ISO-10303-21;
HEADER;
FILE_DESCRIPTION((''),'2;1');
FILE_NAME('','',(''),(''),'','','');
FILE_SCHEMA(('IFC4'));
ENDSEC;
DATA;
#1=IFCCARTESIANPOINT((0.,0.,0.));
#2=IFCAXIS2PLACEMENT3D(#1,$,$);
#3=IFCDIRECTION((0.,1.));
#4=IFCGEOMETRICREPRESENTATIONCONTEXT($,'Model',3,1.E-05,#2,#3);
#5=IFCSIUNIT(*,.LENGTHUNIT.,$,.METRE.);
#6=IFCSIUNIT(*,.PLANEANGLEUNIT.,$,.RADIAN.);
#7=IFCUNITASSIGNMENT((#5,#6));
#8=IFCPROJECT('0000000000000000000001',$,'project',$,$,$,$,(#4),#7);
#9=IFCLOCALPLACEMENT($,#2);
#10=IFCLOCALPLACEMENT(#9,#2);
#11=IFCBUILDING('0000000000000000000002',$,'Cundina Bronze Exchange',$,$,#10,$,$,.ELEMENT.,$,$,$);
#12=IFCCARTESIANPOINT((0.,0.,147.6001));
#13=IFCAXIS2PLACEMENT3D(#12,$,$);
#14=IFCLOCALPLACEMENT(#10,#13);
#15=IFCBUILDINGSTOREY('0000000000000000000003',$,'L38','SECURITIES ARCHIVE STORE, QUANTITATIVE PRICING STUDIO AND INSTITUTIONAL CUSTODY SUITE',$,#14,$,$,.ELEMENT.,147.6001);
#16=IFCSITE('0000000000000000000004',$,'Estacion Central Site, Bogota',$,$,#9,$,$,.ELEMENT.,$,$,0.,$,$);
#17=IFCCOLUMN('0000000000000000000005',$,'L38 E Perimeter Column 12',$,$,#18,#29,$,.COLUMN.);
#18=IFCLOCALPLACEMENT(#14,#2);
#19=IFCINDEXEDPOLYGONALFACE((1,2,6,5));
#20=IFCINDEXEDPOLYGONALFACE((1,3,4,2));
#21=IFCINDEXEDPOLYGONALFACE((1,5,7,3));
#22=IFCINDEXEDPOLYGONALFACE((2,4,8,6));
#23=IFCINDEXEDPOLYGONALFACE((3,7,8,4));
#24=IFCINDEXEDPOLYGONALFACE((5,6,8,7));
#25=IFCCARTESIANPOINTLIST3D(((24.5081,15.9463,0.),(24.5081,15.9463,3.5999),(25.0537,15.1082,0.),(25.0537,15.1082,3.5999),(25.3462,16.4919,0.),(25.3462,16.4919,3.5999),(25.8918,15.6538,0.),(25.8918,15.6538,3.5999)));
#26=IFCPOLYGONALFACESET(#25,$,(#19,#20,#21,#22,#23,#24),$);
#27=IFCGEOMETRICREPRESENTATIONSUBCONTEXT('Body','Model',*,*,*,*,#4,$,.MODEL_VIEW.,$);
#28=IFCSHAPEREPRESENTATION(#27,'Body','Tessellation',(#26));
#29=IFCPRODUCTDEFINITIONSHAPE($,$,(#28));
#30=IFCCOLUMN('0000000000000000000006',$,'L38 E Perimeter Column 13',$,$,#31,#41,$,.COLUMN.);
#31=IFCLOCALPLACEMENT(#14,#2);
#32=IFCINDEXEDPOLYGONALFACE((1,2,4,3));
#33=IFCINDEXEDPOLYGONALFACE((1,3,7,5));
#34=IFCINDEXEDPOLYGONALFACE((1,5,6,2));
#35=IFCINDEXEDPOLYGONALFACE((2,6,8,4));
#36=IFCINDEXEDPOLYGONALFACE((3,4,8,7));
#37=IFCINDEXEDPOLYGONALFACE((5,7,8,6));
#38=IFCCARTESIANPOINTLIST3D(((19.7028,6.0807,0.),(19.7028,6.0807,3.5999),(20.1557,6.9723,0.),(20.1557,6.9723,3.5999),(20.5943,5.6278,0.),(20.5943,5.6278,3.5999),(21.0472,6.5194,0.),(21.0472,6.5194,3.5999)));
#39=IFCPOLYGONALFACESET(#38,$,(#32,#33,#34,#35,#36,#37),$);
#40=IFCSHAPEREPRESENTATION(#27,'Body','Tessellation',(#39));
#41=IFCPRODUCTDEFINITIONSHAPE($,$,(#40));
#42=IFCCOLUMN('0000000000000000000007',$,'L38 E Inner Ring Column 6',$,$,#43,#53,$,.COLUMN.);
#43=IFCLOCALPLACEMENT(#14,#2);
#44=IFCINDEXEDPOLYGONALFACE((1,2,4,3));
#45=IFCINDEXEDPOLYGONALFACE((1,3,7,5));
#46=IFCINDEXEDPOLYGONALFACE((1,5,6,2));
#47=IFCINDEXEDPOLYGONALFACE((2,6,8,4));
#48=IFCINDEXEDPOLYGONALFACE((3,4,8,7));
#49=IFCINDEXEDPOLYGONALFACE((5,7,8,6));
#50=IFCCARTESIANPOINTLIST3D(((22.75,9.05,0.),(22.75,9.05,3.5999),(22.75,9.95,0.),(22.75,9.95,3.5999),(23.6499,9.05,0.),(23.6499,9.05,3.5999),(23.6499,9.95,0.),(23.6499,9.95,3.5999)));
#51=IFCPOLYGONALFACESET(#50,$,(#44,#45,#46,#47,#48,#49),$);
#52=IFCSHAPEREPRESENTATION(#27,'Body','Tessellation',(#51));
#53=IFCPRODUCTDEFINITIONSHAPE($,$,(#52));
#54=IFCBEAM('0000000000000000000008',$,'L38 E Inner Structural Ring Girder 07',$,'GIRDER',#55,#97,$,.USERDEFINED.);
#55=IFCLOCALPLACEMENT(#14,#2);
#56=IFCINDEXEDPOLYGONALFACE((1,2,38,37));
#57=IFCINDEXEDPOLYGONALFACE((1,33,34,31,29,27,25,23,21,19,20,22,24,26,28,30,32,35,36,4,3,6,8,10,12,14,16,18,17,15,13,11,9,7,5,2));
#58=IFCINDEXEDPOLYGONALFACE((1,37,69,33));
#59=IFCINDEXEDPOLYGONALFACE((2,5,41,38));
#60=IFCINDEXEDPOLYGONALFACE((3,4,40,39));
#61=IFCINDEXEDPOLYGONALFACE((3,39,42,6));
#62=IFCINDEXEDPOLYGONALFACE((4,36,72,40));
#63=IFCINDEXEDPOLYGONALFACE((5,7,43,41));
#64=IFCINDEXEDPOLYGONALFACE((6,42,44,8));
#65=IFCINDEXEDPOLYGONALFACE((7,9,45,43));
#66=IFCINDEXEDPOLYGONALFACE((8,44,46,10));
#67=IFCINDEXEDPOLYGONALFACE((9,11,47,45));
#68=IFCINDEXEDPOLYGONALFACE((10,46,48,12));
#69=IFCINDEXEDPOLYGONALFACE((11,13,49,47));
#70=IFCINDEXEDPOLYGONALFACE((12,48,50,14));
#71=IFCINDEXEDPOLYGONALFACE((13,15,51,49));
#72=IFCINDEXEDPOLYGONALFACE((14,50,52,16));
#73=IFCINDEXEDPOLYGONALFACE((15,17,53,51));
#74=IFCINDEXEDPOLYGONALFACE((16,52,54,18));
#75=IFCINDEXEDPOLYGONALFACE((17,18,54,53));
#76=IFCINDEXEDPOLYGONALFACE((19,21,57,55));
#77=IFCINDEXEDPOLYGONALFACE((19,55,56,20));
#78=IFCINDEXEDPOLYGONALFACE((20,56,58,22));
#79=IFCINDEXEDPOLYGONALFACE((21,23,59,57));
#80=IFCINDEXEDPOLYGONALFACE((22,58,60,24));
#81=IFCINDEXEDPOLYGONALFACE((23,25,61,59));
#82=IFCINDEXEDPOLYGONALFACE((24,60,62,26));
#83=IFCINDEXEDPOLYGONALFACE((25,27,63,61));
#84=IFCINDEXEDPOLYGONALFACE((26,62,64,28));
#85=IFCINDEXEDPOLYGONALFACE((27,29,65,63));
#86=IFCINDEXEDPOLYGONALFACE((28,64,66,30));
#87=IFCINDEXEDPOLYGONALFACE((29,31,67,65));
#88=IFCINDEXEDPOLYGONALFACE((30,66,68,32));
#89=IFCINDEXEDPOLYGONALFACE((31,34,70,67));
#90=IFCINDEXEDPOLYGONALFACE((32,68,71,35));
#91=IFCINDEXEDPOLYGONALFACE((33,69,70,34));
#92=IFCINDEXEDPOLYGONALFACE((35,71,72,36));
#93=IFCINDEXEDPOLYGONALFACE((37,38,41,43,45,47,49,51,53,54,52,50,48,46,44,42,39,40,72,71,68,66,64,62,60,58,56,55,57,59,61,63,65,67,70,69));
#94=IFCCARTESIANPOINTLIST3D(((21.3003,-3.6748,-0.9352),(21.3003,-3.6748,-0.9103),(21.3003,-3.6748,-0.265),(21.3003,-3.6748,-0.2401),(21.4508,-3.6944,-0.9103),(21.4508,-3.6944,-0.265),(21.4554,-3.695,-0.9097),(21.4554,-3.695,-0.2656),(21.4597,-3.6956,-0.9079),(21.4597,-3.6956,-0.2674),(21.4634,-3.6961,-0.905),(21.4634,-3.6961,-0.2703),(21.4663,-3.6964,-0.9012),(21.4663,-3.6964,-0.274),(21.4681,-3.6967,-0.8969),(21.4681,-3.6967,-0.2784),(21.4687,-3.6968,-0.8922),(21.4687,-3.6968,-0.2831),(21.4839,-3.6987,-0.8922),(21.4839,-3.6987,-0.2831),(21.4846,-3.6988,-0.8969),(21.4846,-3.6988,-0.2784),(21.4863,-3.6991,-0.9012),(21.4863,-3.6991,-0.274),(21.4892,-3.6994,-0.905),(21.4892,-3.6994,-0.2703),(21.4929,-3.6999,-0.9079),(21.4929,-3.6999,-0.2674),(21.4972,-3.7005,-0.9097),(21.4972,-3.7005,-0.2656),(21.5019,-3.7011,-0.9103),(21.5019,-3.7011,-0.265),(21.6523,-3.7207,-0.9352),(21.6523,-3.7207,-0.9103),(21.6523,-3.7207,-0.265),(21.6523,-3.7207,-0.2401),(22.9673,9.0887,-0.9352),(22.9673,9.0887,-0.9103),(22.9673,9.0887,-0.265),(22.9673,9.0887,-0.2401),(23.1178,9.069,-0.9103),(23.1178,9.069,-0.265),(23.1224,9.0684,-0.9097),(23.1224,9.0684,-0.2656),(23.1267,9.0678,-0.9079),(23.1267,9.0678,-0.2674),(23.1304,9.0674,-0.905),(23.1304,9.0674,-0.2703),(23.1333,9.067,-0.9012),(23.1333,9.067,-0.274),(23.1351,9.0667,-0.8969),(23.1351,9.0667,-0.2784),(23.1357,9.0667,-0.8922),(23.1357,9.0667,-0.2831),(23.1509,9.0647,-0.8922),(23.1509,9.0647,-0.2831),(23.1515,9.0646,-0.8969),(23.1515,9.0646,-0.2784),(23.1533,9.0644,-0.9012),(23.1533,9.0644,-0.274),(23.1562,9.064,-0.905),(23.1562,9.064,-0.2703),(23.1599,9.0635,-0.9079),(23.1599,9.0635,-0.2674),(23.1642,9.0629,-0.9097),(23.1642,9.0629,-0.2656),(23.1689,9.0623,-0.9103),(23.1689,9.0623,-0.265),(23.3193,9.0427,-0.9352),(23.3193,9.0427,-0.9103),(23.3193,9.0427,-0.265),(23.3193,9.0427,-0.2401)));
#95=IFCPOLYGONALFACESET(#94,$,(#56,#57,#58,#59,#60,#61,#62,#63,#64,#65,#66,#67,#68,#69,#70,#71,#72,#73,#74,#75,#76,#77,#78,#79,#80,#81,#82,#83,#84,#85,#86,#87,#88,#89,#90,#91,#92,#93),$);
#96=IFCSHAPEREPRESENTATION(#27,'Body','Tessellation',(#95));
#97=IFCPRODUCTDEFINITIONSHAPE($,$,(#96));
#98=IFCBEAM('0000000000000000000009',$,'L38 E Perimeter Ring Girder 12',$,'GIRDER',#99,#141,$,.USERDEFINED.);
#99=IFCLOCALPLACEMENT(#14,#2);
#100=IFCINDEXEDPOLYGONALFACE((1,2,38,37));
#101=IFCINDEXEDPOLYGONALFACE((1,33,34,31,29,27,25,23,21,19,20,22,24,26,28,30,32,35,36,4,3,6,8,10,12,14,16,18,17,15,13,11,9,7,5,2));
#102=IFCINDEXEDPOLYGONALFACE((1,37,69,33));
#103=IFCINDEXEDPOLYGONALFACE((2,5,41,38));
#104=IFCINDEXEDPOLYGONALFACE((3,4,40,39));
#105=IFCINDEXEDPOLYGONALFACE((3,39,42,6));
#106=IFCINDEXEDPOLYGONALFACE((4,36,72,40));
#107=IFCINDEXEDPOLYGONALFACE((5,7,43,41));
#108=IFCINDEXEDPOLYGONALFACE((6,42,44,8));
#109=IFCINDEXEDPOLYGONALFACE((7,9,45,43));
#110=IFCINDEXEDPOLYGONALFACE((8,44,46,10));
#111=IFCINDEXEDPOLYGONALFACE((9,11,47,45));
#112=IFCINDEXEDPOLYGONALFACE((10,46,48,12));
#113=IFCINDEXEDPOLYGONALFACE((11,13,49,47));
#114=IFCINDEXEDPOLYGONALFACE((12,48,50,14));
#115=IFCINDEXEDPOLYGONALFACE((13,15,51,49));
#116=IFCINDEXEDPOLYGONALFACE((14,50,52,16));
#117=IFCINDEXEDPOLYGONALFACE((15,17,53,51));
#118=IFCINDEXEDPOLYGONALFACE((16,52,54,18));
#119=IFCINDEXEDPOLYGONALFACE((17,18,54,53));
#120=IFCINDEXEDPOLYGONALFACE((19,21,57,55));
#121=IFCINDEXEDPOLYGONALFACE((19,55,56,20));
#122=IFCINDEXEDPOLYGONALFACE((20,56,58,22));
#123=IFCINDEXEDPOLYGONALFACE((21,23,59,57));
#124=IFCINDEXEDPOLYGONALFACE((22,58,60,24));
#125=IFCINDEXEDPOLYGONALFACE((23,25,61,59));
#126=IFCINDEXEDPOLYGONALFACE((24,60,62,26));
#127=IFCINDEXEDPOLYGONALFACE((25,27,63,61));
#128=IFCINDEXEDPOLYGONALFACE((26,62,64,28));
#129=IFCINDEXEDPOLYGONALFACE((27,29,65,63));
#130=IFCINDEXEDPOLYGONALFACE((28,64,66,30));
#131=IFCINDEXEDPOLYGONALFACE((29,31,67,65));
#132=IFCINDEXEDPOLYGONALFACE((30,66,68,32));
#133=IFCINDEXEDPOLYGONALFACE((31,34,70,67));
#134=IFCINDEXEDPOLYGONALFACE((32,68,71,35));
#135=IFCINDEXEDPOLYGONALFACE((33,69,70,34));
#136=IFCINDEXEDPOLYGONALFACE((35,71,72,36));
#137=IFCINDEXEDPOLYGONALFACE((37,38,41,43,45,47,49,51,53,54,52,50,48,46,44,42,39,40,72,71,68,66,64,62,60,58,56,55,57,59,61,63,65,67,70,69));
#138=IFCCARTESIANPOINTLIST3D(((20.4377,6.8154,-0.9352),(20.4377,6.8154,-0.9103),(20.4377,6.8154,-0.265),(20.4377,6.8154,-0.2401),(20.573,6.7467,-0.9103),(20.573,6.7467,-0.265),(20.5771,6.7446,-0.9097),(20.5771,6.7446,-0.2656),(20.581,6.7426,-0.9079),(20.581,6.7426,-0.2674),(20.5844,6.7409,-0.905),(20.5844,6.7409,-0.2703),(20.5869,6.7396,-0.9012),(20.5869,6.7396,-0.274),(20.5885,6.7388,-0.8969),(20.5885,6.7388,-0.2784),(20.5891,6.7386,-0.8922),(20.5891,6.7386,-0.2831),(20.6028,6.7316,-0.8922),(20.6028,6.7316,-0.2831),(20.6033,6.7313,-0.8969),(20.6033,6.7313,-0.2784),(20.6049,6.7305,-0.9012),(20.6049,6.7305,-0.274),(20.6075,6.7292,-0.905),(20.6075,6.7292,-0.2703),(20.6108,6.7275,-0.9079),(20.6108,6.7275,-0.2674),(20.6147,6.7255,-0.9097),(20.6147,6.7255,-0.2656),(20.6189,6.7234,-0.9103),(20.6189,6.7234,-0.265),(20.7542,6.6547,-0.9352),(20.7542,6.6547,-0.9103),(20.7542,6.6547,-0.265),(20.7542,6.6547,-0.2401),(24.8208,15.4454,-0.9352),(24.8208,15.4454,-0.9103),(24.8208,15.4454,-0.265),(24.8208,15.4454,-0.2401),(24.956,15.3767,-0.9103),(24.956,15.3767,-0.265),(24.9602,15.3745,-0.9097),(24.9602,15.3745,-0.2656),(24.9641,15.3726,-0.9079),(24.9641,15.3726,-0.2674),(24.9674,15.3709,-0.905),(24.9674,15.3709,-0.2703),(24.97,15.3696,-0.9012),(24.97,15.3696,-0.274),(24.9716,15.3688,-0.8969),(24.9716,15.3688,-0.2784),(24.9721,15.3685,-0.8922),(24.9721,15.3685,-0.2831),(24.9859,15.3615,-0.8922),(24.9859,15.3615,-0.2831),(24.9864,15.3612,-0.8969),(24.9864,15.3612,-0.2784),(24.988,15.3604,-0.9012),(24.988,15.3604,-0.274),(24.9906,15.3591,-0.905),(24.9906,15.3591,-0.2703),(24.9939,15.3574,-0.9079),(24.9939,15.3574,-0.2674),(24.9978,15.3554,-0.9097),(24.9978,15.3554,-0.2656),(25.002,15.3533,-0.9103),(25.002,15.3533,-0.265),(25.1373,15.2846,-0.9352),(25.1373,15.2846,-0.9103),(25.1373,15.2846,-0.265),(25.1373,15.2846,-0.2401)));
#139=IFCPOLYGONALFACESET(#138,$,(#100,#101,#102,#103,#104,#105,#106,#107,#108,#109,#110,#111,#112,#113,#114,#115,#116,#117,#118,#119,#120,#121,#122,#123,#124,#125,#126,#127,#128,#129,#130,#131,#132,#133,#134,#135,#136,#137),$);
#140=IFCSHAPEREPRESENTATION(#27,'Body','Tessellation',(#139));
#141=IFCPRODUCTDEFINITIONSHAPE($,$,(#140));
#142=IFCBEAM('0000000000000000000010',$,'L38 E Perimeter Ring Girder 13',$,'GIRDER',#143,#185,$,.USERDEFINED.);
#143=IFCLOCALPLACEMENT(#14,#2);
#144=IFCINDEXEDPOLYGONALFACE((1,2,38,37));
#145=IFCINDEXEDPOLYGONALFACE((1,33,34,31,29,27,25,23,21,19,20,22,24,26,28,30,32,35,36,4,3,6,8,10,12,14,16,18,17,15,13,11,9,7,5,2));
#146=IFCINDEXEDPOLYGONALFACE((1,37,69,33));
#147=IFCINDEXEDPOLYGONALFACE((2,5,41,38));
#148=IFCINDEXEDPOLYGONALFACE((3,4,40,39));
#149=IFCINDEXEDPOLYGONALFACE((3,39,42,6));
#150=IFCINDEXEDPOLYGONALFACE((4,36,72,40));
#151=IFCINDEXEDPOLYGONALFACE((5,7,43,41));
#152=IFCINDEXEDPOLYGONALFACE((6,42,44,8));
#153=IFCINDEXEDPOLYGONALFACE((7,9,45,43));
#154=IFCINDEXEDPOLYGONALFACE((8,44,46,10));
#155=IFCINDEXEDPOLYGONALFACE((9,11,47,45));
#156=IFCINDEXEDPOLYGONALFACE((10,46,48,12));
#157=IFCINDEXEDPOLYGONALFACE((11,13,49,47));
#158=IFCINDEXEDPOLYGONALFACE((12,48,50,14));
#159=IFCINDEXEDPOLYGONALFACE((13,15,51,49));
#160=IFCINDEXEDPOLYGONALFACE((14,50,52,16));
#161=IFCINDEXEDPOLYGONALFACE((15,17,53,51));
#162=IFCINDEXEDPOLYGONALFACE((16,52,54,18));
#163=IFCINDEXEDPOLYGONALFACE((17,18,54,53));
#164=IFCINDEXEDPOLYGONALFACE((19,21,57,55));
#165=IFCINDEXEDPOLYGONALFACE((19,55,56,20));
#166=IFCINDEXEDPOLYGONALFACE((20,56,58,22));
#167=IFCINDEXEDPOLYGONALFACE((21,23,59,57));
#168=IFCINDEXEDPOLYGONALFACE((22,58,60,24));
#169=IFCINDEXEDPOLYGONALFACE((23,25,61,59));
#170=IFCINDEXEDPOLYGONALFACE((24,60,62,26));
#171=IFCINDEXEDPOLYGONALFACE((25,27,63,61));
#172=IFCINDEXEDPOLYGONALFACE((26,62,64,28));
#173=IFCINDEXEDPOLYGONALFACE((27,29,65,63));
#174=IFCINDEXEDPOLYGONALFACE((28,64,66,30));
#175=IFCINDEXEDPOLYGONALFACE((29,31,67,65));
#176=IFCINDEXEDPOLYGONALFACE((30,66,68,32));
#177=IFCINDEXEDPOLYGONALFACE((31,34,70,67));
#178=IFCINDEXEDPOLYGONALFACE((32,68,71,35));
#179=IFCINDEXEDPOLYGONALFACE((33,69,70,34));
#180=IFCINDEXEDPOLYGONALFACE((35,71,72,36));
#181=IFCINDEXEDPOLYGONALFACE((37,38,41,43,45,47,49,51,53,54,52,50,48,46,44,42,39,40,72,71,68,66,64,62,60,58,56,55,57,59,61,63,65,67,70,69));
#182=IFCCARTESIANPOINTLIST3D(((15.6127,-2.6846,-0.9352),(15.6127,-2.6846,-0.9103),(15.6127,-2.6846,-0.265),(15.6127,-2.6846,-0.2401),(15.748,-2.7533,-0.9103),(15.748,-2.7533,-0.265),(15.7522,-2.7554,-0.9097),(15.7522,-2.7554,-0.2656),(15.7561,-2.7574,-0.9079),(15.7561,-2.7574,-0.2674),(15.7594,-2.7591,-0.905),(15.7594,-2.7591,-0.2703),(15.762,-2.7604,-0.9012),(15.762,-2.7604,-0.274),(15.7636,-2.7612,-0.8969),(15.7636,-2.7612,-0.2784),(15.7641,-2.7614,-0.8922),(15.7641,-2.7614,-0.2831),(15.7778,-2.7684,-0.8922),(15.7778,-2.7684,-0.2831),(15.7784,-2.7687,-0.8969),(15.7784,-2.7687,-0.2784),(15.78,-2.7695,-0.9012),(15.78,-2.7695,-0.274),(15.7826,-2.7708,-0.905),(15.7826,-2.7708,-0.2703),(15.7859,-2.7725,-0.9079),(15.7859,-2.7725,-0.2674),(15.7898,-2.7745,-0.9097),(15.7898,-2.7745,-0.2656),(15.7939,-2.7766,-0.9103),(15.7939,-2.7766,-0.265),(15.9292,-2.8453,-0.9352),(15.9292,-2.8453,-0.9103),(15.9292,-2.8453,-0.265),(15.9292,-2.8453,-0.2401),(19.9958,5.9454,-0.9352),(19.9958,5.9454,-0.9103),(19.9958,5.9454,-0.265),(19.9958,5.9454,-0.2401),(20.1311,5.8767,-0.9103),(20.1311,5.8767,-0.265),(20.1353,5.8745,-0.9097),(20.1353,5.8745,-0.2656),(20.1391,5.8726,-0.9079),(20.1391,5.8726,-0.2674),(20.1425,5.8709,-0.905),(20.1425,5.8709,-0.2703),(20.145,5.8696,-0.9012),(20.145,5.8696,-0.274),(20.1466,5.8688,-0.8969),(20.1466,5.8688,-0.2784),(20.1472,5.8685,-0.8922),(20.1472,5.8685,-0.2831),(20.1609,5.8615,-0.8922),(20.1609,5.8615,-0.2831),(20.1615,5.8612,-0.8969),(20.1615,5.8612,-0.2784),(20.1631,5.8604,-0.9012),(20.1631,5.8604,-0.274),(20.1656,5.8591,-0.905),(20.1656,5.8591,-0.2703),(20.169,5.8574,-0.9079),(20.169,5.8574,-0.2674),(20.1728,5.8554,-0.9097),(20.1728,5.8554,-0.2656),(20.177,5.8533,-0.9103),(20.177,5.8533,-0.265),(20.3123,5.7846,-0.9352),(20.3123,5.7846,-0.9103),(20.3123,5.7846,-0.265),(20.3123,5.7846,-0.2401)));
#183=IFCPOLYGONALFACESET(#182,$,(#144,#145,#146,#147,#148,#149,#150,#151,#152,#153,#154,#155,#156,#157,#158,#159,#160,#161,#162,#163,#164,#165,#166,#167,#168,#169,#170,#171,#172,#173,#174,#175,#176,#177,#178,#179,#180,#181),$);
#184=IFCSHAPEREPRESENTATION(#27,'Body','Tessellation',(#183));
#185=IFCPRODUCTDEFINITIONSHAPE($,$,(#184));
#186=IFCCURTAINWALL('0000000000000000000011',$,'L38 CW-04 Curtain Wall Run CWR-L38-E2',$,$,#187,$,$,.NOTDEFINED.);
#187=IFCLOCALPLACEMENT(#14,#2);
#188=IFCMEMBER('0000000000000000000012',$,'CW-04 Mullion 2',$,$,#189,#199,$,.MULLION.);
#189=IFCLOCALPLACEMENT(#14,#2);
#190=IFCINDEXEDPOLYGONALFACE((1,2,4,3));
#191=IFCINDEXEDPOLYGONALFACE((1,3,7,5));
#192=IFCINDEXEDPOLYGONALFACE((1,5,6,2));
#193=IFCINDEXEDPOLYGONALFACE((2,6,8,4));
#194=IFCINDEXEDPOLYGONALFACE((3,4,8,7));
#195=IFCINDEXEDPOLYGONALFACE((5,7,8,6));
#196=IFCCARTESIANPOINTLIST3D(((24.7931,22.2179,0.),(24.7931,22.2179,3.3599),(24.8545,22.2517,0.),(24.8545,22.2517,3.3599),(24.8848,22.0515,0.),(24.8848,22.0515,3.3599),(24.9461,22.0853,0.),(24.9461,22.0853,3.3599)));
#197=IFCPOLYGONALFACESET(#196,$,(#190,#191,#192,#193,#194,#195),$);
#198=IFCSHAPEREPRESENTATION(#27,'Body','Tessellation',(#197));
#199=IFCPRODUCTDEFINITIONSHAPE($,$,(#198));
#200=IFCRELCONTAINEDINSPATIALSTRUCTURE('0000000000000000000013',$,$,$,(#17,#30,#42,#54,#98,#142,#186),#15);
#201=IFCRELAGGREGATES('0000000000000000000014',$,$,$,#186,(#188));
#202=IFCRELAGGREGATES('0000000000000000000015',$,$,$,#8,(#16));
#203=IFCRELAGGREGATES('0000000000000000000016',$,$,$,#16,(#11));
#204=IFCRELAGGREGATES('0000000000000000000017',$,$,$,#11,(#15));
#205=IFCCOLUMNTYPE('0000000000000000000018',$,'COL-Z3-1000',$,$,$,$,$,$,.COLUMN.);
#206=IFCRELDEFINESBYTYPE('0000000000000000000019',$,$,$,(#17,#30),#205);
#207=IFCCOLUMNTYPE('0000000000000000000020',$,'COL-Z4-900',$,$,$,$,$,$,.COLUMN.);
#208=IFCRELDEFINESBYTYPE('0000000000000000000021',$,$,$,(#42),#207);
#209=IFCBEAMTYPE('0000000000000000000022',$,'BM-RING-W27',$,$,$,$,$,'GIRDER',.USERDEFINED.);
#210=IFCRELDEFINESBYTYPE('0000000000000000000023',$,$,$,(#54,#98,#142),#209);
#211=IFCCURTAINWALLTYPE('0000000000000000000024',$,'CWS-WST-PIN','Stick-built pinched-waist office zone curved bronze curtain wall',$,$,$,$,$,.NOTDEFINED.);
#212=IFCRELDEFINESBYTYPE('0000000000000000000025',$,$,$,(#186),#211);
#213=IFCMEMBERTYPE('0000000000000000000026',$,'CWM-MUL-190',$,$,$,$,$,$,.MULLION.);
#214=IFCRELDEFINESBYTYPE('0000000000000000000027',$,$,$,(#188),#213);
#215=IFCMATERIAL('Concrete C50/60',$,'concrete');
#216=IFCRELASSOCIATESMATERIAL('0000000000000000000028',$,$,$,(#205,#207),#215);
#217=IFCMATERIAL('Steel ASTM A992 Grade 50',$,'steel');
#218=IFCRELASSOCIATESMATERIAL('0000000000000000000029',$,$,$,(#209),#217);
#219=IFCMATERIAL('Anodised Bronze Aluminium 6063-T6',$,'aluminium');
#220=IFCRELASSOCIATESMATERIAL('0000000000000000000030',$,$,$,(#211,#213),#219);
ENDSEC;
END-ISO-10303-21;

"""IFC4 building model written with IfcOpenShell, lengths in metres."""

from ifc_helpers import new_model, si_unit, direction, frame, origin, origin_2d, place, context, subcontext, project, spatial, rectangle, i_section, extrude, material, material_profile, profile_set, type_object, element, aggregate, save


model = new_model("IFC4")

# Units and contexts
model_context = context("Model", 3, precision=1e-05, world=origin(), true_north=direction((0.0, 1.0)))
body_context = subcontext(model_context, "Body", "Model", "MODEL_VIEW")
ifc_project = project(units=[si_unit("LENGTHUNIT", "METRE"), si_unit("PLANEANGLEUNIT", "RADIAN")], contexts=[model_context])

# Site, building, storey
site_placement = place(None, origin())
site = spatial("IfcSite", under=ifc_project, at=site_placement, Name="Estacion Central Site, Bogota", CompositionType="ELEMENT", RefElevation=0.0)
building_placement = place(site_placement, origin())
building = spatial("IfcBuilding", under=site, at=building_placement, Name="Cundina Bronze Exchange", CompositionType="ELEMENT")
storey_placement = place(building_placement, frame((0.0, 0.0, 147.6001)))
storey = spatial("IfcBuildingStorey", under=building, at=storey_placement, Name="L38", Description="SECURITIES ARCHIVE STORE, QUANTITATIVE PRICING STUDIO AND INSTITUTIONAL CUSTODY SUITE", CompositionType="ELEMENT", Elevation=147.6001)

# Columns
ifc_material_1 = material(Name="Concrete C50/60", Category="concrete")
ifc_material_profile_1 = material_profile(ifc_material_1, rectangle(XDim=1.0, YDim=1.0, at=origin_2d()), Name="RC1000X1000", Category="concrete")
ifc_profile_set_1 = profile_set([ifc_material_profile_1], Name="Concrete C50/60")
column_type_1 = type_object("IfcColumnType", Name="COL-Z3-1000", PredefinedType="COLUMN", material=ifc_profile_set_1)
for number, where, z_axis, x_axis, name in (
    (1, (25.2, 15.8, 0.0), (0.0, 0.0, 1.0), (-0.8381, -0.545517, 0.0), "L38 E Perimeter Column 12"),
    (2, (20.375, 6.3, 0.0), (0.0, 0.0, 1.0), (-0.452902, -0.891561, 0.0), "L38 E Perimeter Column 13"),
):
    element("IfcColumn", number, at=place(storey_placement, frame(where, z_axis=z_axis, x_axis=x_axis)), inside=storey, type_object=column_type_1, Name=name, PredefinedType="COLUMN", context=body_context, shape_type="SweptSolid", body=[
        extrude(rectangle(XDim=1.0, YDim=1.0, at=origin_2d()), origin(), (0.0, 0.0, 1.0), 3.5999),
    ])
ifc_material_profile_2 = material_profile(ifc_material_1, rectangle(XDim=0.8999, YDim=0.8999, at=origin_2d()), Name="RC900X900", Category="concrete")
ifc_profile_set_2 = profile_set([ifc_material_profile_2], Name="Concrete C50/60")
column_type_2 = type_object("IfcColumnType", Name="COL-Z4-900", PredefinedType="COLUMN", material=ifc_profile_set_2)
column_placement = place(storey_placement, frame((23.2, 9.5, 0.0), z_axis=(0.0, 0.0, 1.0), x_axis=(1.0, 0.0, 0.0)))
element("IfcColumn", 3, at=column_placement, inside=storey, type_object=column_type_2, Name="L38 E Inner Ring Column 6", PredefinedType="COLUMN", context=body_context, shape_type="SweptSolid", body=[
    extrude(rectangle(XDim=0.8999, YDim=0.8999, at=origin_2d()), origin(), (0.0, 0.0, 1.0), 3.5999),
])

# Beams
ifc_material_2 = material(Name="Steel ASTM A992 Grade 50", Category="steel")
ifc_material_profile_3 = material_profile(ifc_material_2, i_section(OverallWidth=0.355, OverallDepth=0.6951, WebThickness=0.0154, FlangeThickness=0.0249, FilletRadius=0.0181, at=origin_2d()), Name="W27X146", Category="steel")
ifc_profile_set_3 = profile_set([ifc_material_profile_3], Name="Steel ASTM A992 Grade 50")
beam_type = type_object("IfcBeamType", Name="BM-RING-W27", ElementType="GIRDER", PredefinedType="USERDEFINED", material=ifc_profile_set_3)
beam_placement = place(storey_placement, frame((23.1433, 9.0657, -0.5876), z_axis=(-0.129507, -0.991579, 0.0), x_axis=(0.991579, -0.129507, 0.0)))
element("IfcBeam", 4, at=beam_placement, inside=storey, type_object=beam_type, Name="L38 E Inner Structural Ring Girder 07", ObjectType="GIRDER", PredefinedType="USERDEFINED", context=body_context, shape_type="SweptSolid", body=[
    extrude(i_section(OverallWidth=0.355, OverallDepth=0.6951, WebThickness=0.0154, FlangeThickness=0.0249, FilletRadius=0.0181, at=origin_2d()), origin(), (0.0, 0.0, 1.0), 12.8718),
])
for number, where, z_axis, x_axis, name in (
    (5, (24.979, 15.365, -0.5876), (-0.452835, -0.891595, 0.0), (0.891595, -0.452835, 0.0), "L38 E Perimeter Ring Girder 12"),
    (6, (20.1541, 5.865, -0.5876), (-0.452835, -0.891595, 0.0), (0.891595, -0.452835, 0.0), "L38 E Perimeter Ring Girder 13"),
):
    element("IfcBeam", number, at=place(storey_placement, frame(where, z_axis=z_axis, x_axis=x_axis)), inside=storey, type_object=beam_type, Name=name, ObjectType="GIRDER", PredefinedType="USERDEFINED", context=body_context, shape_type="SweptSolid", body=[
        extrude(i_section(OverallWidth=0.355, OverallDepth=0.6951, WebThickness=0.0154, FlangeThickness=0.0249, FilletRadius=0.0181, at=origin_2d()), origin(), (0.0, 0.0, 1.0), 9.6792),
    ])

# Curtain wall, member
ifc_material_3 = material(Name="Anodised Bronze Aluminium 6063-T6", Category="aluminium")
curtain_wall_type = type_object("IfcCurtainWallType", Name="CWS-WST-PIN", Description="Stick-built pinched-waist office zone curved bronze curtain wall", PredefinedType="NOTDEFINED", material=ifc_material_3)
curtain_wall_placement = place(storey_placement, origin())
curtain_wall = element("IfcCurtainWall", 7, at=curtain_wall_placement, inside=storey, type_object=curtain_wall_type, Name="L38 CW-04 Curtain Wall Run CWR-L38-E2", PredefinedType="NOTDEFINED")
ifc_material_profile_4 = material_profile(ifc_material_3, rectangle(XDim=0.0701, YDim=0.1899, at=origin_2d()), Name="AL70X190", Category="aluminium")
ifc_profile_set_4 = profile_set([ifc_material_profile_4], Name="Anodised Bronze Aluminium 6063-T6")
member_type_1 = type_object("IfcMemberType", Name="CWM-MUL-190", PredefinedType="MULLION", material=ifc_profile_set_4)
member_1_placement = place(storey_placement, frame((24.8696, 22.1516, 0.0), z_axis=(0.0, 0.0, 1.0), x_axis=(-0.875886, -0.482518, 0.0)))
member_1 = element("IfcMember", 8, at=member_1_placement, type_object=member_type_1, Name="CW-04 Mullion 2", PredefinedType="MULLION", context=body_context, shape_type="SweptSolid", body=[
    extrude(rectangle(XDim=0.0701, YDim=0.1899, at=origin_2d()), origin(), (0.0, 0.0, 1.0), 3.3599),
])
aggregate(curtain_wall, [member_1])

save(model, "model.ifc")
